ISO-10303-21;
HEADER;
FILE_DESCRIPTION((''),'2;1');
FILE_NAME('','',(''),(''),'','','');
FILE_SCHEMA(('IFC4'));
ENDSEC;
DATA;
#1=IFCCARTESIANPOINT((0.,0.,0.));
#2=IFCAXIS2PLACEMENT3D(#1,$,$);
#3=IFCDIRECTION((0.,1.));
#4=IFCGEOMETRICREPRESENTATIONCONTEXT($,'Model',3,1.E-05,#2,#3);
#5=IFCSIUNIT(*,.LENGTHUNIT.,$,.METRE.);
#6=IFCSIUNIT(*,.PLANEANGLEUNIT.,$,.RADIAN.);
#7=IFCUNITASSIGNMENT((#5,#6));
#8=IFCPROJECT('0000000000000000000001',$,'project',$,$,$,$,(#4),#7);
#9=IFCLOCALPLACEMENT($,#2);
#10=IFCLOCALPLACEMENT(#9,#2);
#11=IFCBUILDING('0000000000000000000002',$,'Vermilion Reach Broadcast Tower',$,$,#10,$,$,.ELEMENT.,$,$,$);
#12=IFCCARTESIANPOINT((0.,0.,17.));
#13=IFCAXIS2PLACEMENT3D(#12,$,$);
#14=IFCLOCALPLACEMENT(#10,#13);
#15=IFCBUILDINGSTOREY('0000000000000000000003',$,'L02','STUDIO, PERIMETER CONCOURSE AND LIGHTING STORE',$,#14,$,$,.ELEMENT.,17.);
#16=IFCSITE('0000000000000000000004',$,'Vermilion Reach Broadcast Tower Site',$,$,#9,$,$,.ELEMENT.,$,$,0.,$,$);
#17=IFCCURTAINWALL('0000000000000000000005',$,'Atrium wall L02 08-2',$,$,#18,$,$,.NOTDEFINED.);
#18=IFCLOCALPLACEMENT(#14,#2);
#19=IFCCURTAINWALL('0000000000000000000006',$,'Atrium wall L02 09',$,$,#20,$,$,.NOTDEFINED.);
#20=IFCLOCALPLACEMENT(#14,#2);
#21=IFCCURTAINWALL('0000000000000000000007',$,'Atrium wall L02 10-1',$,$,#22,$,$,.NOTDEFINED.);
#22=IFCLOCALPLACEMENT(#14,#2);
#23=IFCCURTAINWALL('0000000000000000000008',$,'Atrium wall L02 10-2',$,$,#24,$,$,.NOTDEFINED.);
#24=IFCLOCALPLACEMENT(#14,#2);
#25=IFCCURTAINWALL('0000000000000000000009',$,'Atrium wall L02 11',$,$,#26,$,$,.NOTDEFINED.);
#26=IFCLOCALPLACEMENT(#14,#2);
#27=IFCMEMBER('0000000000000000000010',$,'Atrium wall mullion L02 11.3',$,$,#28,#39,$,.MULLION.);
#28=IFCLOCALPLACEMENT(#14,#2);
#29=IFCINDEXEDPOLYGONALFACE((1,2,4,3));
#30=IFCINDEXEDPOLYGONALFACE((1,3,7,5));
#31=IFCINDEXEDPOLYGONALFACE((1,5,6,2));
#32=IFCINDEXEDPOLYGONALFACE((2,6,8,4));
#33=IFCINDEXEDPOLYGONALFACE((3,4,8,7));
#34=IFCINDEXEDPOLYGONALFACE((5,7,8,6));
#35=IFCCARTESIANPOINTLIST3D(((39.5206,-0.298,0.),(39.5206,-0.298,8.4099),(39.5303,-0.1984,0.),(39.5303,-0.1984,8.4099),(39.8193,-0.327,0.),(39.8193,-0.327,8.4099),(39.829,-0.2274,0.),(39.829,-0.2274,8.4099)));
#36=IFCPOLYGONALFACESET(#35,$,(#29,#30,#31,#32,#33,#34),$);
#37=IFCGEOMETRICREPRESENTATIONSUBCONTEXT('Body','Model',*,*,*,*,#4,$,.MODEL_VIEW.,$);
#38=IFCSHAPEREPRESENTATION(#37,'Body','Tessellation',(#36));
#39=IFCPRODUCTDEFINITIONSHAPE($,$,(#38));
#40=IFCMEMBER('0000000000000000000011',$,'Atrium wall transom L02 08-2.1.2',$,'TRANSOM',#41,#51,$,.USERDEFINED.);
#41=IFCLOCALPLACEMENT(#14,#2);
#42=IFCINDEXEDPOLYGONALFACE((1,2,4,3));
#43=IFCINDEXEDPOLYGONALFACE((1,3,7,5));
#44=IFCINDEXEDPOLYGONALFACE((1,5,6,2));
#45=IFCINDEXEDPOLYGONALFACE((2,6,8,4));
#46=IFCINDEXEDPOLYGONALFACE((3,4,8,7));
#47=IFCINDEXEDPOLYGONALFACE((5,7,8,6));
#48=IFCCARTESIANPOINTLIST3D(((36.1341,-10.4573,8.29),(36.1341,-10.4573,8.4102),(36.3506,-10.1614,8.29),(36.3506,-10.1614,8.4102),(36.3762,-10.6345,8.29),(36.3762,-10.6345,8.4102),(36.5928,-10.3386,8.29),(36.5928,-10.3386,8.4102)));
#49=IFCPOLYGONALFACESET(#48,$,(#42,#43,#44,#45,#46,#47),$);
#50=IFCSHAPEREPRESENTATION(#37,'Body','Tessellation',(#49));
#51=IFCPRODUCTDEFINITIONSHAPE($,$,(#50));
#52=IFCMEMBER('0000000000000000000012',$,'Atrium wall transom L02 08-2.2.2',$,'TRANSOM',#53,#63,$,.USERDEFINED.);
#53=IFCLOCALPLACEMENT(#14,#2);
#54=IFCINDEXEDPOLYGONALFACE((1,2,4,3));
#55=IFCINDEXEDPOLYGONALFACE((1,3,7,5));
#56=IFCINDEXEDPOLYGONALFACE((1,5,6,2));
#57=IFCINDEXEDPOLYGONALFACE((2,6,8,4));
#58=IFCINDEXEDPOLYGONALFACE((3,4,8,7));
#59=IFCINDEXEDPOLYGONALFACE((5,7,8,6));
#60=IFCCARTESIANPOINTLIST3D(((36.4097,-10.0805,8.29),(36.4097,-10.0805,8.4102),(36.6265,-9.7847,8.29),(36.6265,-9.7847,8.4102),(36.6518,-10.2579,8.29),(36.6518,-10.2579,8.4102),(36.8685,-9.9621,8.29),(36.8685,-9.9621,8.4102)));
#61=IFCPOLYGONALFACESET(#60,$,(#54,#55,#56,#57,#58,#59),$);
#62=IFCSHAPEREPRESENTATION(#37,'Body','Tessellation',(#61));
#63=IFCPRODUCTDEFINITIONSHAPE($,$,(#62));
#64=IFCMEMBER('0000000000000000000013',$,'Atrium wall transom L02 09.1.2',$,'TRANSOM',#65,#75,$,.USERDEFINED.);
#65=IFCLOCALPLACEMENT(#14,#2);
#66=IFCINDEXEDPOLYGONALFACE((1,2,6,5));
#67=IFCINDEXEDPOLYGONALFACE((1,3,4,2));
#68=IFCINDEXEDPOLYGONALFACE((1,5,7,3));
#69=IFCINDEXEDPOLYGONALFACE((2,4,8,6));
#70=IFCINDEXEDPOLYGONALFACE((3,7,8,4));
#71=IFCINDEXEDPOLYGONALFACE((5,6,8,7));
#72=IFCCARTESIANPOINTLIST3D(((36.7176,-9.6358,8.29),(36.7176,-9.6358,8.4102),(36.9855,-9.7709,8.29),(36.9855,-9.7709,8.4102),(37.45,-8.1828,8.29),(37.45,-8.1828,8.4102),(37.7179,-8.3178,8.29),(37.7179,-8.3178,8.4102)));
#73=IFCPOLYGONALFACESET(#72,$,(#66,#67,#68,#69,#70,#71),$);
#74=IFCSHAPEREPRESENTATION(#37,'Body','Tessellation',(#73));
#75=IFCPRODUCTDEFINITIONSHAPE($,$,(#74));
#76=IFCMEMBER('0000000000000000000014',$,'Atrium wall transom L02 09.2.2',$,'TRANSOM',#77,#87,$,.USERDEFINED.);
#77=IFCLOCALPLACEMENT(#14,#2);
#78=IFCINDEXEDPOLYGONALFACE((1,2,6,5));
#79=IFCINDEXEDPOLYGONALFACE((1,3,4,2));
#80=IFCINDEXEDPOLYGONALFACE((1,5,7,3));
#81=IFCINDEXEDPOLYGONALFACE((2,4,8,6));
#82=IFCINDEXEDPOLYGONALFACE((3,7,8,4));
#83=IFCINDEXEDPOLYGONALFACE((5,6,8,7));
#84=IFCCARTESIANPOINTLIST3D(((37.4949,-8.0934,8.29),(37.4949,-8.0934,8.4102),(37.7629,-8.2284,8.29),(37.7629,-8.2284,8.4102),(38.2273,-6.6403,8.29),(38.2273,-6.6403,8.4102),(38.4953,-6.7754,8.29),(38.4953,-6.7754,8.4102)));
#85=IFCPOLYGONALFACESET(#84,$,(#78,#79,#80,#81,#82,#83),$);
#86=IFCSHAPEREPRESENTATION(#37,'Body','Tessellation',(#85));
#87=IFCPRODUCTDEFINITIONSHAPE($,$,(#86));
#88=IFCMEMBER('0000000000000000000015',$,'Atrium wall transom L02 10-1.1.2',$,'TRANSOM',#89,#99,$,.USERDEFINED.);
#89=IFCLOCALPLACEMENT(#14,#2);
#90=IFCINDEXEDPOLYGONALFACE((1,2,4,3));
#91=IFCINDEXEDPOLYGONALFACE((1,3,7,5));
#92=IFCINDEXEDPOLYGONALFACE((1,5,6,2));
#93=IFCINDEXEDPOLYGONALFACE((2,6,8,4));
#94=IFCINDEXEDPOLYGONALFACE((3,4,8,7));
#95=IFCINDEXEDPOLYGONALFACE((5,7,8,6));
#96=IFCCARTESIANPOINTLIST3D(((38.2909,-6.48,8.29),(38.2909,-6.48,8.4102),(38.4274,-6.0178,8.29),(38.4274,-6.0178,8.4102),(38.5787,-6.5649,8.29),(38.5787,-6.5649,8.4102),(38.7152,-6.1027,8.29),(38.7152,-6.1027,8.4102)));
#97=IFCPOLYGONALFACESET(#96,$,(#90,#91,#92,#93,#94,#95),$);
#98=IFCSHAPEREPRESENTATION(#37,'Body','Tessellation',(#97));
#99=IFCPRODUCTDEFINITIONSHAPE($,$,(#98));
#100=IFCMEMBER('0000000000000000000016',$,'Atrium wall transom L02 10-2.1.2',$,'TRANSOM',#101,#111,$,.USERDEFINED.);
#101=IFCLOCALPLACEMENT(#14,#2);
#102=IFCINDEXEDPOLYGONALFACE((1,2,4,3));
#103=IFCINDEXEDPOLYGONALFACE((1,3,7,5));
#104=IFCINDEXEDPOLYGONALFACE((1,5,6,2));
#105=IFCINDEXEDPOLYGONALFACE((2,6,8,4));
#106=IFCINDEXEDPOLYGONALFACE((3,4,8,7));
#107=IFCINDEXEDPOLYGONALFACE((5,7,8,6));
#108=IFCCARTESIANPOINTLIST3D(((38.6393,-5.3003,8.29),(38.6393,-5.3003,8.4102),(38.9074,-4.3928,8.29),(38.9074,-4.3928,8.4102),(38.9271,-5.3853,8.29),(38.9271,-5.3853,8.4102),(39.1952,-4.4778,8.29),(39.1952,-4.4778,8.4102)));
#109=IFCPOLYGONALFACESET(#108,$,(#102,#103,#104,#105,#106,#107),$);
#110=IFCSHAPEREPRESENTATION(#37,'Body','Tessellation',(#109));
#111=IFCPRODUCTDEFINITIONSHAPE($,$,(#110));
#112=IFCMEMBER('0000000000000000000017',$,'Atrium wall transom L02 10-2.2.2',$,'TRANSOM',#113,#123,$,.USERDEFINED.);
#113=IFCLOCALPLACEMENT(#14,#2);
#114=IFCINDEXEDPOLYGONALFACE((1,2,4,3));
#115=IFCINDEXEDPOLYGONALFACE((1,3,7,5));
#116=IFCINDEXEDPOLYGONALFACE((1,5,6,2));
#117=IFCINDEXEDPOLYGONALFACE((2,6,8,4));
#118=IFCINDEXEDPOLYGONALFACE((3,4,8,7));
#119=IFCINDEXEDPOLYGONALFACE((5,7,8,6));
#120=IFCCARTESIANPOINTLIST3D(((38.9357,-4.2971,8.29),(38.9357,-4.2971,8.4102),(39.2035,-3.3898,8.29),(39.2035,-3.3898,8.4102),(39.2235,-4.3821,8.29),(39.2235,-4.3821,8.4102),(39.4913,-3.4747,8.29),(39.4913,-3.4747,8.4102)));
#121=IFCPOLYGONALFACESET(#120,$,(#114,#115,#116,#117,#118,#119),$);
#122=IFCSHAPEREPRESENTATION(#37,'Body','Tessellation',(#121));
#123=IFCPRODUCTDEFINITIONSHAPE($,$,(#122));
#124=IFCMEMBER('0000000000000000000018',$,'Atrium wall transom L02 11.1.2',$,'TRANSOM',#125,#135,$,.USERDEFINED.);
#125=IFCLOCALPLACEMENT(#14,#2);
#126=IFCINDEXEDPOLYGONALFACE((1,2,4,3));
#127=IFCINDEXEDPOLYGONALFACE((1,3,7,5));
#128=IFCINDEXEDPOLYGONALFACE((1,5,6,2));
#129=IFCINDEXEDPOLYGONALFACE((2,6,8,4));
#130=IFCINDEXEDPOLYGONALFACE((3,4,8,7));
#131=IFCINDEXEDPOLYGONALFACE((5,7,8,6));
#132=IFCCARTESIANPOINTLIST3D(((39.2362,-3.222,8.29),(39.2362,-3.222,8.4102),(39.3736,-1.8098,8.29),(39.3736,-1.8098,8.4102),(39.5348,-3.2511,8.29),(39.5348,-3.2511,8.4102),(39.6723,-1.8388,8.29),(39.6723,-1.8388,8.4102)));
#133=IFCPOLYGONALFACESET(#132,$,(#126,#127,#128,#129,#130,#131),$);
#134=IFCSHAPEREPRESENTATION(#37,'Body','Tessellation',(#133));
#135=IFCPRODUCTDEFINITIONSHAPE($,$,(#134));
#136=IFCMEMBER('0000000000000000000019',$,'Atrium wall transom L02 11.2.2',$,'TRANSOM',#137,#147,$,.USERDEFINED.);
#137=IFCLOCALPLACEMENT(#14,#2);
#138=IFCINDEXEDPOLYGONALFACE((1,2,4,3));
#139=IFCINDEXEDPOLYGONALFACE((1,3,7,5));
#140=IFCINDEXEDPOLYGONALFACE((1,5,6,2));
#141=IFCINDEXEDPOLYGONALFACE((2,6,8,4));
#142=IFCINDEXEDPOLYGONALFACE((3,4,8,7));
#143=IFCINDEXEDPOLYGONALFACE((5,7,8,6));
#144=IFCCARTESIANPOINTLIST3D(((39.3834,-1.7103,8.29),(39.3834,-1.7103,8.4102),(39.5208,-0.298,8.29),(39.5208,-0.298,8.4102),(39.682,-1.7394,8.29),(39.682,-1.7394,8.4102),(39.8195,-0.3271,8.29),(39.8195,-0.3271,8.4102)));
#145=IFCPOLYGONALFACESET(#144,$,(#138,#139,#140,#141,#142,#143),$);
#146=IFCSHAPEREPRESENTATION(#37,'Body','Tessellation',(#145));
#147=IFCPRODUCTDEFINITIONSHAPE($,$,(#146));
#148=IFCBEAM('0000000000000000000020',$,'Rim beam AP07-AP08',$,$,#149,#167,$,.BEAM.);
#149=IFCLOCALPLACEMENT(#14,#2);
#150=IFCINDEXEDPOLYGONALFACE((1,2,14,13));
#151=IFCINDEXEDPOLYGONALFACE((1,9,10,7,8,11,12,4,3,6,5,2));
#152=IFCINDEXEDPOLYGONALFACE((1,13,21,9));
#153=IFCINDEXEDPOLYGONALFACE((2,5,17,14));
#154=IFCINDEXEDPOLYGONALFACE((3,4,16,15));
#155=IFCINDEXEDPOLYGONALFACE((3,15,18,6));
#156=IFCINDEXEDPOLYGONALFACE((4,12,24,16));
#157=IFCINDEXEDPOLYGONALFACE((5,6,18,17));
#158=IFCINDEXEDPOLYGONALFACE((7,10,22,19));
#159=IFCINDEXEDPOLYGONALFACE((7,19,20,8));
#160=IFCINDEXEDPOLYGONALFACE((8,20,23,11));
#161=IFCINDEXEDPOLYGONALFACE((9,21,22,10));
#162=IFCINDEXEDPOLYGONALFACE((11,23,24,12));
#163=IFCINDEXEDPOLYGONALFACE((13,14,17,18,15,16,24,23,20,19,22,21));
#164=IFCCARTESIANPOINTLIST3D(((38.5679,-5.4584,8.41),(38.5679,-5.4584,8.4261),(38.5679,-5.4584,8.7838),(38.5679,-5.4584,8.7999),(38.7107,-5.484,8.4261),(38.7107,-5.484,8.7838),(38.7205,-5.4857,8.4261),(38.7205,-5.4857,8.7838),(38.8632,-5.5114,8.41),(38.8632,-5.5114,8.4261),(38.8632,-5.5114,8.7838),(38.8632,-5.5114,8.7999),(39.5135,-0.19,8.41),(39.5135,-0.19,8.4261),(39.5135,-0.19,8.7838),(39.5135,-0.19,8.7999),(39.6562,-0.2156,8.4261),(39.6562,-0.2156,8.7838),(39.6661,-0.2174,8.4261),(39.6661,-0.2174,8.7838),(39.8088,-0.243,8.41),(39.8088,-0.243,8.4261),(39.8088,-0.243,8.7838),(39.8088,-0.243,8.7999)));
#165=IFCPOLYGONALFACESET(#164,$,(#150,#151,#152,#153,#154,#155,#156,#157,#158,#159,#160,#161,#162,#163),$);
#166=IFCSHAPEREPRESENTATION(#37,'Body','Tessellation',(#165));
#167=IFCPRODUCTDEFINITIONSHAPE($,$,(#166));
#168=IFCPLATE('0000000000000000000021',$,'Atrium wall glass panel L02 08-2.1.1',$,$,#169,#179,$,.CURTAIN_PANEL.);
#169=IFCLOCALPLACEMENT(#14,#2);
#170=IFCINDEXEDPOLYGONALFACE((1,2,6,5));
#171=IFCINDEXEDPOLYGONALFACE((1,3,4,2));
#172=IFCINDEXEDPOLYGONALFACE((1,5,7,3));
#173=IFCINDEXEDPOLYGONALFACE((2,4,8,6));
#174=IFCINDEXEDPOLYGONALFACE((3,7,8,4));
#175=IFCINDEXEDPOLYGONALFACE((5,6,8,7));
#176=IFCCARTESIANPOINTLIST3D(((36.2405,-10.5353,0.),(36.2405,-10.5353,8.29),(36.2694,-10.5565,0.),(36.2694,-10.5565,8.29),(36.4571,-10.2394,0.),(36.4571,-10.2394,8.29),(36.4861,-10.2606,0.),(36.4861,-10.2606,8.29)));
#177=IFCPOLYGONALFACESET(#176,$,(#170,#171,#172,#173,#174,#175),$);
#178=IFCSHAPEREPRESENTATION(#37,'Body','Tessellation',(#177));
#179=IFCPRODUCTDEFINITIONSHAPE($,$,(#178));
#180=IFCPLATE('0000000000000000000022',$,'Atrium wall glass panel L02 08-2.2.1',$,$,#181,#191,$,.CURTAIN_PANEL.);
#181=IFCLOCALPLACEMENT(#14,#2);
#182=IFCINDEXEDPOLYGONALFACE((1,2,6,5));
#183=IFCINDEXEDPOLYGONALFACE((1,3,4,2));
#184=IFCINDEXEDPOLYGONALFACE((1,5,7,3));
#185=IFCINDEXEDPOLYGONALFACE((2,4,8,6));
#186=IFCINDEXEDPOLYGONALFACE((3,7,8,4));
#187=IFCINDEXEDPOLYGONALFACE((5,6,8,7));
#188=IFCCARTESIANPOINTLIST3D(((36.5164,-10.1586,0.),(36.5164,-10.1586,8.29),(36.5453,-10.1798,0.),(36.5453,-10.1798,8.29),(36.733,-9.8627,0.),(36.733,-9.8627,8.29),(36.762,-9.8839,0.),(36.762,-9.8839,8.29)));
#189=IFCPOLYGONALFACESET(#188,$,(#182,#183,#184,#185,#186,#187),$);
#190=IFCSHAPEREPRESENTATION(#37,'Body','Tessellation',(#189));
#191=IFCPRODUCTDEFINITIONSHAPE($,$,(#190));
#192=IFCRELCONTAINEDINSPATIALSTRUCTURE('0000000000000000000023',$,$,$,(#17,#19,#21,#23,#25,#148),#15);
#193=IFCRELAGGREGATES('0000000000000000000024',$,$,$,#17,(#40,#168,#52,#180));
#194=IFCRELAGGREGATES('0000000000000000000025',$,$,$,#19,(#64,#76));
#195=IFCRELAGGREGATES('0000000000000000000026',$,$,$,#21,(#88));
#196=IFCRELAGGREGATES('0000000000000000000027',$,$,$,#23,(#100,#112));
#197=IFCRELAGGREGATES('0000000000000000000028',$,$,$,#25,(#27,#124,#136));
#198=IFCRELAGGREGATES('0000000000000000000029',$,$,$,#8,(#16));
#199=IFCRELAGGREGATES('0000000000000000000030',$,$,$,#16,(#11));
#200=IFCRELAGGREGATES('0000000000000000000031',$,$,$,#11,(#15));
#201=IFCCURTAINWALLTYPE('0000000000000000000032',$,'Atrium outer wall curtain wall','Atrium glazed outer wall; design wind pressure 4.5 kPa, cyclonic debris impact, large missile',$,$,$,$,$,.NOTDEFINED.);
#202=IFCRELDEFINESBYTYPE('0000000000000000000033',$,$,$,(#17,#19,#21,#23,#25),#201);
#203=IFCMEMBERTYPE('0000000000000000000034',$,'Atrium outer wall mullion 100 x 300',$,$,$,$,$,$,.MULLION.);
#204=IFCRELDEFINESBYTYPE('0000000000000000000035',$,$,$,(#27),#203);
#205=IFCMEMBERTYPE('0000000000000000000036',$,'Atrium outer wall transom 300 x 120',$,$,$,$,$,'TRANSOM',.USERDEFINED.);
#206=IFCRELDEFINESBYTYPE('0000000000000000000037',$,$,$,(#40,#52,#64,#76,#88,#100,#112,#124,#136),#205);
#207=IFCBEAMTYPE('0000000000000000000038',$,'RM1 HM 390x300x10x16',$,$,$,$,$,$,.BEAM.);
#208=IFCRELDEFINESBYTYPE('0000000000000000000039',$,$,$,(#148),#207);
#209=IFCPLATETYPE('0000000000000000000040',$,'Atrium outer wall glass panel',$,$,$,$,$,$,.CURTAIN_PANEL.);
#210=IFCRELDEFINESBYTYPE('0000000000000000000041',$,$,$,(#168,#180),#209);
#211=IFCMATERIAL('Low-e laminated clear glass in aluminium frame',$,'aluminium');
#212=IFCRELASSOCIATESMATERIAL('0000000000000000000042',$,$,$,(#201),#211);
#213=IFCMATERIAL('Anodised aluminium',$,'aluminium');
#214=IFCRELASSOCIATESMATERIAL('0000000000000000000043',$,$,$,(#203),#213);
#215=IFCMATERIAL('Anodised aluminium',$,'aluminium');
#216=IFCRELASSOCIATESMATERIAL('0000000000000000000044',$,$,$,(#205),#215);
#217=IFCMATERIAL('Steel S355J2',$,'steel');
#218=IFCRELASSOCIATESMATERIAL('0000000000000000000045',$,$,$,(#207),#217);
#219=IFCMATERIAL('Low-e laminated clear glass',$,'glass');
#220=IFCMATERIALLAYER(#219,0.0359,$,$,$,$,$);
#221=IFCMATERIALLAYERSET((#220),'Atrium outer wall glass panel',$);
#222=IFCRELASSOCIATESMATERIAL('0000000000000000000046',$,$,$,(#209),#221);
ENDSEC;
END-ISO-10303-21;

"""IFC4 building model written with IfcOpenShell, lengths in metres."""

from ifc_helpers import new_model, si_unit, direction, frame, origin, origin_2d, place, context, subcontext, project, spatial, rectangle, i_section, extrude, material, layer, layer_set, material_profile, profile_set, type_object, element, aggregate, save


model = new_model("IFC4")

# Units and contexts
model_context = context("Model", 3, precision=1e-05, world=origin(), true_north=direction((0.0, 1.0)))
body_context = subcontext(model_context, "Body", "Model", "MODEL_VIEW")
ifc_project = project(units=[si_unit("LENGTHUNIT", "METRE"), si_unit("PLANEANGLEUNIT", "RADIAN")], contexts=[model_context])

# Site, building, storey
site_placement = place(None, origin())
site = spatial("IfcSite", under=ifc_project, at=site_placement, Name="Vermilion Reach Broadcast Tower Site", CompositionType="ELEMENT", RefElevation=0.0)
building_placement = place(site_placement, origin())
building = spatial("IfcBuilding", under=site, at=building_placement, Name="Vermilion Reach Broadcast Tower", CompositionType="ELEMENT")
storey_placement = place(building_placement, frame((0.0, 0.0, 17.0)))
storey = spatial("IfcBuildingStorey", under=building, at=storey_placement, Name="L02", Description="STUDIO, PERIMETER CONCOURSE AND LIGHTING STORE", CompositionType="ELEMENT", Elevation=17.0)

# Curtain walls, member
ifc_material_1 = material(Name="Low-e laminated clear glass in aluminium frame", Category="aluminium")
curtain_wall_type = type_object("IfcCurtainWallType", Name="Atrium outer wall curtain wall", Description="Atrium glazed outer wall; design wind pressure 4.5 kPa, cyclonic debris impact, large missile", PredefinedType="NOTDEFINED", material=ifc_material_1)
placement = place(storey_placement, origin())
curtain_wall_1 = element("IfcCurtainWall", 1, at=placement, inside=storey, type_object=curtain_wall_type, Name="Atrium wall L02 08-2", PredefinedType="NOTDEFINED")
ifc_material_2 = material(Name="Anodised aluminium", Category="aluminium")
ifc_material_profile_1 = material_profile(ifc_material_2, rectangle(XDim=0.3, YDim=0.1001, at=origin_2d()), Name="Atrium outer wall mullion 100 x 300")
ifc_profile_set_1 = profile_set([ifc_material_profile_1], Name="Anodised aluminium")
member_type_1 = type_object("IfcMemberType", Name="Atrium outer wall mullion 100 x 300", PredefinedType="MULLION", material=ifc_profile_set_1)
curtain_wall_2 = element("IfcCurtainWall", 2, at=placement, inside=storey, type_object=curtain_wall_type, Name="Atrium wall L02 09", PredefinedType="NOTDEFINED")
curtain_wall_3 = element("IfcCurtainWall", 3, at=placement, inside=storey, type_object=curtain_wall_type, Name="Atrium wall L02 10-1", PredefinedType="NOTDEFINED")
curtain_wall_4 = element("IfcCurtainWall", 4, at=placement, inside=storey, type_object=curtain_wall_type, Name="Atrium wall L02 10-2", PredefinedType="NOTDEFINED")
curtain_wall_5 = element("IfcCurtainWall", 5, at=placement, inside=storey, type_object=curtain_wall_type, Name="Atrium wall L02 11", PredefinedType="NOTDEFINED")
member_1_placement = place(storey_placement, frame((39.6748, -0.2627, 0.0), z_axis=(0.0, 0.0, 1.0), x_axis=(-0.995298, 0.096861, 0.0)))
member_1 = element("IfcMember", 6, at=member_1_placement, type_object=member_type_1, Name="Atrium wall mullion L02 11.3", PredefinedType="MULLION", context=body_context, shape_type="SweptSolid", body=[
    extrude(rectangle(XDim=0.3, YDim=0.1001, at=origin_2d()), origin(), (0.0, 0.0, 1.0), 8.4099),
])

# Members
ifc_material_3 = material(Name="Anodised aluminium", Category="aluminium")
ifc_material_profile_2 = material_profile(ifc_material_3, rectangle(XDim=0.3, YDim=0.1201, at=origin_2d()), Name="Atrium outer wall transom 300 x 120")
ifc_profile_set_2 = profile_set([ifc_material_profile_2], Name="Anodised aluminium")
member_type_2 = type_object("IfcMemberType", Name="Atrium outer wall transom 300 x 120", ElementType="TRANSOM", PredefinedType="USERDEFINED", material=ifc_profile_set_2)
member_2_placement = place(storey_placement, frame((36.2551, -10.5459, 8.3501), z_axis=(0.590584, 0.806976, 0.0), x_axis=(-0.806976, 0.590584, 0.0)))
member_2 = element("IfcMember", 7, at=member_2_placement, type_object=member_type_2, Name="Atrium wall transom L02 08-2.1.2", ObjectType="TRANSOM", PredefinedType="USERDEFINED", context=body_context, shape_type="SweptSolid", body=[
    extrude(rectangle(XDim=0.3, YDim=0.1201, at=origin_2d()), origin(), (0.0, 0.0, 1.0), 0.3667),
])
member_3_placement = place(storey_placement, frame((36.5308, -10.1692, 8.3501), z_axis=(0.591017, 0.806659, 0.0), x_axis=(-0.806659, 0.591017, 0.0)))
member_3 = element("IfcMember", 8, at=member_3_placement, type_object=member_type_2, Name="Atrium wall transom L02 08-2.2.2", ObjectType="TRANSOM", PredefinedType="USERDEFINED", context=body_context, shape_type="SweptSolid", body=[
    extrude(rectangle(XDim=0.3, YDim=0.1201, at=origin_2d()), origin(), (0.0, 0.0, 1.0), 0.3667),
])
member_4_placement = place(storey_placement, frame((36.8516, -9.7034, 8.3501), z_axis=(0.450092, 0.892982, 0.0), x_axis=(-0.892982, 0.450092, 0.0)))
member_4 = element("IfcMember", 9, at=member_4_placement, type_object=member_type_2, Name="Atrium wall transom L02 09.1.2", ObjectType="TRANSOM", PredefinedType="USERDEFINED", context=body_context, shape_type="SweptSolid", body=[
    extrude(rectangle(XDim=0.3, YDim=0.1201, at=origin_2d()), origin(), (0.0, 0.0, 1.0), 1.6272),
])
member_5_placement = place(storey_placement, frame((37.6289, -8.1609, 8.3501), z_axis=(0.450092, 0.892982, 0.0), x_axis=(-0.892982, 0.450092, 0.0)))
member_5 = element("IfcMember", 10, at=member_5_placement, type_object=member_type_2, Name="Atrium wall transom L02 09.2.2", ObjectType="TRANSOM", PredefinedType="USERDEFINED", context=body_context, shape_type="SweptSolid", body=[
    extrude(rectangle(XDim=0.3, YDim=0.1201, at=origin_2d()), origin(), (0.0, 0.0, 1.0), 1.6272),
])
member_6_placement = place(storey_placement, frame((38.4348, -6.5225, 8.3501), z_axis=(0.283208, 0.959058, 0.0), x_axis=(-0.959058, 0.283208, 0.0)))
member_6 = element("IfcMember", 11, at=member_6_placement, type_object=member_type_2, Name="Atrium wall transom L02 10-1.1.2", ObjectType="TRANSOM", PredefinedType="USERDEFINED", context=body_context, shape_type="SweptSolid", body=[
    extrude(rectangle(XDim=0.3, YDim=0.1201, at=origin_2d()), origin(), (0.0, 0.0, 1.0), 0.4819),
])
member_7_placement = place(storey_placement, frame((38.7832, -5.3428, 8.3501), z_axis=(0.283298, 0.959032, 0.0), x_axis=(-0.959032, 0.283298, 0.0)))
member_7 = element("IfcMember", 12, at=member_7_placement, type_object=member_type_2, Name="Atrium wall transom L02 10-2.1.2", ObjectType="TRANSOM", PredefinedType="USERDEFINED", context=body_context, shape_type="SweptSolid", body=[
    extrude(rectangle(XDim=0.3, YDim=0.1201, at=origin_2d()), origin(), (0.0, 0.0, 1.0), 0.9463),
])
member_8_placement = place(storey_placement, frame((39.0796, -4.3396, 8.3501), z_axis=(0.28306, 0.959102, 0.0), x_axis=(-0.959102, 0.28306, 0.0)))
member_8 = element("IfcMember", 13, at=member_8_placement, type_object=member_type_2, Name="Atrium wall transom L02 10-2.2.2", ObjectType="TRANSOM", PredefinedType="USERDEFINED", context=body_context, shape_type="SweptSolid", body=[
    extrude(rectangle(XDim=0.3, YDim=0.1201, at=origin_2d()), origin(), (0.0, 0.0, 1.0), 0.946),
])
member_9_placement = place(storey_placement, frame((39.3855, -3.2366, 8.3501), z_axis=(0.096863, 0.995298, 0.0), x_axis=(-0.995298, 0.096863, 0.0)))
member_9 = element("IfcMember", 14, at=member_9_placement, type_object=member_type_2, Name="Atrium wall transom L02 11.1.2", ObjectType="TRANSOM", PredefinedType="USERDEFINED", context=body_context, shape_type="SweptSolid", body=[
    extrude(rectangle(XDim=0.3, YDim=0.1201, at=origin_2d()), origin(), (0.0, 0.0, 1.0), 1.4189),
])
member_10_placement = place(storey_placement, frame((39.5327, -1.7249, 8.3501), z_axis=(0.096863, 0.995298, 0.0), x_axis=(-0.995298, 0.096863, 0.0)))
member_10 = element("IfcMember", 15, at=member_10_placement, type_object=member_type_2, Name="Atrium wall transom L02 11.2.2", ObjectType="TRANSOM", PredefinedType="USERDEFINED", context=body_context, shape_type="SweptSolid", body=[
    extrude(rectangle(XDim=0.3, YDim=0.1201, at=origin_2d()), origin(), (0.0, 0.0, 1.0), 1.4189),
])

# Beam
ifc_material_4 = material(Name="Steel S355J2", Category="steel")
ifc_material_profile_3 = material_profile(ifc_material_4, i_section(OverallWidth=0.3, OverallDepth=0.3899, WebThickness=0.01, FlangeThickness=0.0161, at=origin_2d()), Name="S355J2 HM 390x300x10x16")
ifc_profile_set_3 = profile_set([ifc_material_profile_3], Name="Steel S355J2")
beam_type = type_object("IfcBeamType", Name="RM1 HM 390x300x10x16", PredefinedType="BEAM", material=ifc_profile_set_3)
beam_placement = place(storey_placement, frame((38.7156, -5.4849, 8.605), z_axis=(0.176657, 0.984272, 0.0), x_axis=(-0.984272, 0.176657, 0.0)))
element("IfcBeam", 16, at=beam_placement, inside=storey, type_object=beam_type, Name="Rim beam AP07-AP08", PredefinedType="BEAM", context=body_context, shape_type="SweptSolid", body=[
    extrude(i_section(OverallWidth=0.3, OverallDepth=0.3899, WebThickness=0.01, FlangeThickness=0.0161, at=origin_2d()), origin(), (0.0, 0.0, 1.0), 5.3525),
])

# Plates
ifc_material_5 = material(Name="Low-e laminated clear glass", Category="glass")
ifc_layer = layer(ifc_material_5, 0.0359)
ifc_layer_set = layer_set([ifc_layer], Name="Atrium outer wall glass panel")
plate_type = type_object("IfcPlateType", Name="Atrium outer wall glass panel", PredefinedType="CURTAIN_PANEL", material=ifc_layer_set)
plate_1_placement = place(storey_placement, frame((36.3633, -10.3979, 0.0), z_axis=(0.0, 0.0, 1.0), x_axis=(0.59076, 0.806847, 0.0)))
plate_1 = element("IfcPlate", 17, at=plate_1_placement, type_object=plate_type, Name="Atrium wall glass panel L02 08-2.1.1", PredefinedType="CURTAIN_PANEL", context=body_context, shape_type="SweptSolid", body=[
    extrude(rectangle(XDim=0.3667, YDim=0.0359, at=origin_2d()), origin(), (0.0, 0.0, 1.0), 8.29),
])
plate_2_placement = place(storey_placement, frame((36.6392, -10.0212, 0.0), z_axis=(0.0, 0.0, 1.0), x_axis=(0.59076, 0.806847, 0.0)))
plate_2 = element("IfcPlate", 18, at=plate_2_placement, type_object=plate_type, Name="Atrium wall glass panel L02 08-2.2.1", PredefinedType="CURTAIN_PANEL", context=body_context, shape_type="SweptSolid", body=[
    extrude(rectangle(XDim=0.3667, YDim=0.0359, at=origin_2d()), origin(), (0.0, 0.0, 1.0), 8.29),
])
aggregate(curtain_wall_1, [member_2, plate_1, member_3, plate_2])
aggregate(curtain_wall_2, [member_4, member_5])
aggregate(curtain_wall_3, [member_6])
aggregate(curtain_wall_4, [member_7, member_8])
aggregate(curtain_wall_5, [member_1, member_9, member_10])

save(model, "model.ifc")
